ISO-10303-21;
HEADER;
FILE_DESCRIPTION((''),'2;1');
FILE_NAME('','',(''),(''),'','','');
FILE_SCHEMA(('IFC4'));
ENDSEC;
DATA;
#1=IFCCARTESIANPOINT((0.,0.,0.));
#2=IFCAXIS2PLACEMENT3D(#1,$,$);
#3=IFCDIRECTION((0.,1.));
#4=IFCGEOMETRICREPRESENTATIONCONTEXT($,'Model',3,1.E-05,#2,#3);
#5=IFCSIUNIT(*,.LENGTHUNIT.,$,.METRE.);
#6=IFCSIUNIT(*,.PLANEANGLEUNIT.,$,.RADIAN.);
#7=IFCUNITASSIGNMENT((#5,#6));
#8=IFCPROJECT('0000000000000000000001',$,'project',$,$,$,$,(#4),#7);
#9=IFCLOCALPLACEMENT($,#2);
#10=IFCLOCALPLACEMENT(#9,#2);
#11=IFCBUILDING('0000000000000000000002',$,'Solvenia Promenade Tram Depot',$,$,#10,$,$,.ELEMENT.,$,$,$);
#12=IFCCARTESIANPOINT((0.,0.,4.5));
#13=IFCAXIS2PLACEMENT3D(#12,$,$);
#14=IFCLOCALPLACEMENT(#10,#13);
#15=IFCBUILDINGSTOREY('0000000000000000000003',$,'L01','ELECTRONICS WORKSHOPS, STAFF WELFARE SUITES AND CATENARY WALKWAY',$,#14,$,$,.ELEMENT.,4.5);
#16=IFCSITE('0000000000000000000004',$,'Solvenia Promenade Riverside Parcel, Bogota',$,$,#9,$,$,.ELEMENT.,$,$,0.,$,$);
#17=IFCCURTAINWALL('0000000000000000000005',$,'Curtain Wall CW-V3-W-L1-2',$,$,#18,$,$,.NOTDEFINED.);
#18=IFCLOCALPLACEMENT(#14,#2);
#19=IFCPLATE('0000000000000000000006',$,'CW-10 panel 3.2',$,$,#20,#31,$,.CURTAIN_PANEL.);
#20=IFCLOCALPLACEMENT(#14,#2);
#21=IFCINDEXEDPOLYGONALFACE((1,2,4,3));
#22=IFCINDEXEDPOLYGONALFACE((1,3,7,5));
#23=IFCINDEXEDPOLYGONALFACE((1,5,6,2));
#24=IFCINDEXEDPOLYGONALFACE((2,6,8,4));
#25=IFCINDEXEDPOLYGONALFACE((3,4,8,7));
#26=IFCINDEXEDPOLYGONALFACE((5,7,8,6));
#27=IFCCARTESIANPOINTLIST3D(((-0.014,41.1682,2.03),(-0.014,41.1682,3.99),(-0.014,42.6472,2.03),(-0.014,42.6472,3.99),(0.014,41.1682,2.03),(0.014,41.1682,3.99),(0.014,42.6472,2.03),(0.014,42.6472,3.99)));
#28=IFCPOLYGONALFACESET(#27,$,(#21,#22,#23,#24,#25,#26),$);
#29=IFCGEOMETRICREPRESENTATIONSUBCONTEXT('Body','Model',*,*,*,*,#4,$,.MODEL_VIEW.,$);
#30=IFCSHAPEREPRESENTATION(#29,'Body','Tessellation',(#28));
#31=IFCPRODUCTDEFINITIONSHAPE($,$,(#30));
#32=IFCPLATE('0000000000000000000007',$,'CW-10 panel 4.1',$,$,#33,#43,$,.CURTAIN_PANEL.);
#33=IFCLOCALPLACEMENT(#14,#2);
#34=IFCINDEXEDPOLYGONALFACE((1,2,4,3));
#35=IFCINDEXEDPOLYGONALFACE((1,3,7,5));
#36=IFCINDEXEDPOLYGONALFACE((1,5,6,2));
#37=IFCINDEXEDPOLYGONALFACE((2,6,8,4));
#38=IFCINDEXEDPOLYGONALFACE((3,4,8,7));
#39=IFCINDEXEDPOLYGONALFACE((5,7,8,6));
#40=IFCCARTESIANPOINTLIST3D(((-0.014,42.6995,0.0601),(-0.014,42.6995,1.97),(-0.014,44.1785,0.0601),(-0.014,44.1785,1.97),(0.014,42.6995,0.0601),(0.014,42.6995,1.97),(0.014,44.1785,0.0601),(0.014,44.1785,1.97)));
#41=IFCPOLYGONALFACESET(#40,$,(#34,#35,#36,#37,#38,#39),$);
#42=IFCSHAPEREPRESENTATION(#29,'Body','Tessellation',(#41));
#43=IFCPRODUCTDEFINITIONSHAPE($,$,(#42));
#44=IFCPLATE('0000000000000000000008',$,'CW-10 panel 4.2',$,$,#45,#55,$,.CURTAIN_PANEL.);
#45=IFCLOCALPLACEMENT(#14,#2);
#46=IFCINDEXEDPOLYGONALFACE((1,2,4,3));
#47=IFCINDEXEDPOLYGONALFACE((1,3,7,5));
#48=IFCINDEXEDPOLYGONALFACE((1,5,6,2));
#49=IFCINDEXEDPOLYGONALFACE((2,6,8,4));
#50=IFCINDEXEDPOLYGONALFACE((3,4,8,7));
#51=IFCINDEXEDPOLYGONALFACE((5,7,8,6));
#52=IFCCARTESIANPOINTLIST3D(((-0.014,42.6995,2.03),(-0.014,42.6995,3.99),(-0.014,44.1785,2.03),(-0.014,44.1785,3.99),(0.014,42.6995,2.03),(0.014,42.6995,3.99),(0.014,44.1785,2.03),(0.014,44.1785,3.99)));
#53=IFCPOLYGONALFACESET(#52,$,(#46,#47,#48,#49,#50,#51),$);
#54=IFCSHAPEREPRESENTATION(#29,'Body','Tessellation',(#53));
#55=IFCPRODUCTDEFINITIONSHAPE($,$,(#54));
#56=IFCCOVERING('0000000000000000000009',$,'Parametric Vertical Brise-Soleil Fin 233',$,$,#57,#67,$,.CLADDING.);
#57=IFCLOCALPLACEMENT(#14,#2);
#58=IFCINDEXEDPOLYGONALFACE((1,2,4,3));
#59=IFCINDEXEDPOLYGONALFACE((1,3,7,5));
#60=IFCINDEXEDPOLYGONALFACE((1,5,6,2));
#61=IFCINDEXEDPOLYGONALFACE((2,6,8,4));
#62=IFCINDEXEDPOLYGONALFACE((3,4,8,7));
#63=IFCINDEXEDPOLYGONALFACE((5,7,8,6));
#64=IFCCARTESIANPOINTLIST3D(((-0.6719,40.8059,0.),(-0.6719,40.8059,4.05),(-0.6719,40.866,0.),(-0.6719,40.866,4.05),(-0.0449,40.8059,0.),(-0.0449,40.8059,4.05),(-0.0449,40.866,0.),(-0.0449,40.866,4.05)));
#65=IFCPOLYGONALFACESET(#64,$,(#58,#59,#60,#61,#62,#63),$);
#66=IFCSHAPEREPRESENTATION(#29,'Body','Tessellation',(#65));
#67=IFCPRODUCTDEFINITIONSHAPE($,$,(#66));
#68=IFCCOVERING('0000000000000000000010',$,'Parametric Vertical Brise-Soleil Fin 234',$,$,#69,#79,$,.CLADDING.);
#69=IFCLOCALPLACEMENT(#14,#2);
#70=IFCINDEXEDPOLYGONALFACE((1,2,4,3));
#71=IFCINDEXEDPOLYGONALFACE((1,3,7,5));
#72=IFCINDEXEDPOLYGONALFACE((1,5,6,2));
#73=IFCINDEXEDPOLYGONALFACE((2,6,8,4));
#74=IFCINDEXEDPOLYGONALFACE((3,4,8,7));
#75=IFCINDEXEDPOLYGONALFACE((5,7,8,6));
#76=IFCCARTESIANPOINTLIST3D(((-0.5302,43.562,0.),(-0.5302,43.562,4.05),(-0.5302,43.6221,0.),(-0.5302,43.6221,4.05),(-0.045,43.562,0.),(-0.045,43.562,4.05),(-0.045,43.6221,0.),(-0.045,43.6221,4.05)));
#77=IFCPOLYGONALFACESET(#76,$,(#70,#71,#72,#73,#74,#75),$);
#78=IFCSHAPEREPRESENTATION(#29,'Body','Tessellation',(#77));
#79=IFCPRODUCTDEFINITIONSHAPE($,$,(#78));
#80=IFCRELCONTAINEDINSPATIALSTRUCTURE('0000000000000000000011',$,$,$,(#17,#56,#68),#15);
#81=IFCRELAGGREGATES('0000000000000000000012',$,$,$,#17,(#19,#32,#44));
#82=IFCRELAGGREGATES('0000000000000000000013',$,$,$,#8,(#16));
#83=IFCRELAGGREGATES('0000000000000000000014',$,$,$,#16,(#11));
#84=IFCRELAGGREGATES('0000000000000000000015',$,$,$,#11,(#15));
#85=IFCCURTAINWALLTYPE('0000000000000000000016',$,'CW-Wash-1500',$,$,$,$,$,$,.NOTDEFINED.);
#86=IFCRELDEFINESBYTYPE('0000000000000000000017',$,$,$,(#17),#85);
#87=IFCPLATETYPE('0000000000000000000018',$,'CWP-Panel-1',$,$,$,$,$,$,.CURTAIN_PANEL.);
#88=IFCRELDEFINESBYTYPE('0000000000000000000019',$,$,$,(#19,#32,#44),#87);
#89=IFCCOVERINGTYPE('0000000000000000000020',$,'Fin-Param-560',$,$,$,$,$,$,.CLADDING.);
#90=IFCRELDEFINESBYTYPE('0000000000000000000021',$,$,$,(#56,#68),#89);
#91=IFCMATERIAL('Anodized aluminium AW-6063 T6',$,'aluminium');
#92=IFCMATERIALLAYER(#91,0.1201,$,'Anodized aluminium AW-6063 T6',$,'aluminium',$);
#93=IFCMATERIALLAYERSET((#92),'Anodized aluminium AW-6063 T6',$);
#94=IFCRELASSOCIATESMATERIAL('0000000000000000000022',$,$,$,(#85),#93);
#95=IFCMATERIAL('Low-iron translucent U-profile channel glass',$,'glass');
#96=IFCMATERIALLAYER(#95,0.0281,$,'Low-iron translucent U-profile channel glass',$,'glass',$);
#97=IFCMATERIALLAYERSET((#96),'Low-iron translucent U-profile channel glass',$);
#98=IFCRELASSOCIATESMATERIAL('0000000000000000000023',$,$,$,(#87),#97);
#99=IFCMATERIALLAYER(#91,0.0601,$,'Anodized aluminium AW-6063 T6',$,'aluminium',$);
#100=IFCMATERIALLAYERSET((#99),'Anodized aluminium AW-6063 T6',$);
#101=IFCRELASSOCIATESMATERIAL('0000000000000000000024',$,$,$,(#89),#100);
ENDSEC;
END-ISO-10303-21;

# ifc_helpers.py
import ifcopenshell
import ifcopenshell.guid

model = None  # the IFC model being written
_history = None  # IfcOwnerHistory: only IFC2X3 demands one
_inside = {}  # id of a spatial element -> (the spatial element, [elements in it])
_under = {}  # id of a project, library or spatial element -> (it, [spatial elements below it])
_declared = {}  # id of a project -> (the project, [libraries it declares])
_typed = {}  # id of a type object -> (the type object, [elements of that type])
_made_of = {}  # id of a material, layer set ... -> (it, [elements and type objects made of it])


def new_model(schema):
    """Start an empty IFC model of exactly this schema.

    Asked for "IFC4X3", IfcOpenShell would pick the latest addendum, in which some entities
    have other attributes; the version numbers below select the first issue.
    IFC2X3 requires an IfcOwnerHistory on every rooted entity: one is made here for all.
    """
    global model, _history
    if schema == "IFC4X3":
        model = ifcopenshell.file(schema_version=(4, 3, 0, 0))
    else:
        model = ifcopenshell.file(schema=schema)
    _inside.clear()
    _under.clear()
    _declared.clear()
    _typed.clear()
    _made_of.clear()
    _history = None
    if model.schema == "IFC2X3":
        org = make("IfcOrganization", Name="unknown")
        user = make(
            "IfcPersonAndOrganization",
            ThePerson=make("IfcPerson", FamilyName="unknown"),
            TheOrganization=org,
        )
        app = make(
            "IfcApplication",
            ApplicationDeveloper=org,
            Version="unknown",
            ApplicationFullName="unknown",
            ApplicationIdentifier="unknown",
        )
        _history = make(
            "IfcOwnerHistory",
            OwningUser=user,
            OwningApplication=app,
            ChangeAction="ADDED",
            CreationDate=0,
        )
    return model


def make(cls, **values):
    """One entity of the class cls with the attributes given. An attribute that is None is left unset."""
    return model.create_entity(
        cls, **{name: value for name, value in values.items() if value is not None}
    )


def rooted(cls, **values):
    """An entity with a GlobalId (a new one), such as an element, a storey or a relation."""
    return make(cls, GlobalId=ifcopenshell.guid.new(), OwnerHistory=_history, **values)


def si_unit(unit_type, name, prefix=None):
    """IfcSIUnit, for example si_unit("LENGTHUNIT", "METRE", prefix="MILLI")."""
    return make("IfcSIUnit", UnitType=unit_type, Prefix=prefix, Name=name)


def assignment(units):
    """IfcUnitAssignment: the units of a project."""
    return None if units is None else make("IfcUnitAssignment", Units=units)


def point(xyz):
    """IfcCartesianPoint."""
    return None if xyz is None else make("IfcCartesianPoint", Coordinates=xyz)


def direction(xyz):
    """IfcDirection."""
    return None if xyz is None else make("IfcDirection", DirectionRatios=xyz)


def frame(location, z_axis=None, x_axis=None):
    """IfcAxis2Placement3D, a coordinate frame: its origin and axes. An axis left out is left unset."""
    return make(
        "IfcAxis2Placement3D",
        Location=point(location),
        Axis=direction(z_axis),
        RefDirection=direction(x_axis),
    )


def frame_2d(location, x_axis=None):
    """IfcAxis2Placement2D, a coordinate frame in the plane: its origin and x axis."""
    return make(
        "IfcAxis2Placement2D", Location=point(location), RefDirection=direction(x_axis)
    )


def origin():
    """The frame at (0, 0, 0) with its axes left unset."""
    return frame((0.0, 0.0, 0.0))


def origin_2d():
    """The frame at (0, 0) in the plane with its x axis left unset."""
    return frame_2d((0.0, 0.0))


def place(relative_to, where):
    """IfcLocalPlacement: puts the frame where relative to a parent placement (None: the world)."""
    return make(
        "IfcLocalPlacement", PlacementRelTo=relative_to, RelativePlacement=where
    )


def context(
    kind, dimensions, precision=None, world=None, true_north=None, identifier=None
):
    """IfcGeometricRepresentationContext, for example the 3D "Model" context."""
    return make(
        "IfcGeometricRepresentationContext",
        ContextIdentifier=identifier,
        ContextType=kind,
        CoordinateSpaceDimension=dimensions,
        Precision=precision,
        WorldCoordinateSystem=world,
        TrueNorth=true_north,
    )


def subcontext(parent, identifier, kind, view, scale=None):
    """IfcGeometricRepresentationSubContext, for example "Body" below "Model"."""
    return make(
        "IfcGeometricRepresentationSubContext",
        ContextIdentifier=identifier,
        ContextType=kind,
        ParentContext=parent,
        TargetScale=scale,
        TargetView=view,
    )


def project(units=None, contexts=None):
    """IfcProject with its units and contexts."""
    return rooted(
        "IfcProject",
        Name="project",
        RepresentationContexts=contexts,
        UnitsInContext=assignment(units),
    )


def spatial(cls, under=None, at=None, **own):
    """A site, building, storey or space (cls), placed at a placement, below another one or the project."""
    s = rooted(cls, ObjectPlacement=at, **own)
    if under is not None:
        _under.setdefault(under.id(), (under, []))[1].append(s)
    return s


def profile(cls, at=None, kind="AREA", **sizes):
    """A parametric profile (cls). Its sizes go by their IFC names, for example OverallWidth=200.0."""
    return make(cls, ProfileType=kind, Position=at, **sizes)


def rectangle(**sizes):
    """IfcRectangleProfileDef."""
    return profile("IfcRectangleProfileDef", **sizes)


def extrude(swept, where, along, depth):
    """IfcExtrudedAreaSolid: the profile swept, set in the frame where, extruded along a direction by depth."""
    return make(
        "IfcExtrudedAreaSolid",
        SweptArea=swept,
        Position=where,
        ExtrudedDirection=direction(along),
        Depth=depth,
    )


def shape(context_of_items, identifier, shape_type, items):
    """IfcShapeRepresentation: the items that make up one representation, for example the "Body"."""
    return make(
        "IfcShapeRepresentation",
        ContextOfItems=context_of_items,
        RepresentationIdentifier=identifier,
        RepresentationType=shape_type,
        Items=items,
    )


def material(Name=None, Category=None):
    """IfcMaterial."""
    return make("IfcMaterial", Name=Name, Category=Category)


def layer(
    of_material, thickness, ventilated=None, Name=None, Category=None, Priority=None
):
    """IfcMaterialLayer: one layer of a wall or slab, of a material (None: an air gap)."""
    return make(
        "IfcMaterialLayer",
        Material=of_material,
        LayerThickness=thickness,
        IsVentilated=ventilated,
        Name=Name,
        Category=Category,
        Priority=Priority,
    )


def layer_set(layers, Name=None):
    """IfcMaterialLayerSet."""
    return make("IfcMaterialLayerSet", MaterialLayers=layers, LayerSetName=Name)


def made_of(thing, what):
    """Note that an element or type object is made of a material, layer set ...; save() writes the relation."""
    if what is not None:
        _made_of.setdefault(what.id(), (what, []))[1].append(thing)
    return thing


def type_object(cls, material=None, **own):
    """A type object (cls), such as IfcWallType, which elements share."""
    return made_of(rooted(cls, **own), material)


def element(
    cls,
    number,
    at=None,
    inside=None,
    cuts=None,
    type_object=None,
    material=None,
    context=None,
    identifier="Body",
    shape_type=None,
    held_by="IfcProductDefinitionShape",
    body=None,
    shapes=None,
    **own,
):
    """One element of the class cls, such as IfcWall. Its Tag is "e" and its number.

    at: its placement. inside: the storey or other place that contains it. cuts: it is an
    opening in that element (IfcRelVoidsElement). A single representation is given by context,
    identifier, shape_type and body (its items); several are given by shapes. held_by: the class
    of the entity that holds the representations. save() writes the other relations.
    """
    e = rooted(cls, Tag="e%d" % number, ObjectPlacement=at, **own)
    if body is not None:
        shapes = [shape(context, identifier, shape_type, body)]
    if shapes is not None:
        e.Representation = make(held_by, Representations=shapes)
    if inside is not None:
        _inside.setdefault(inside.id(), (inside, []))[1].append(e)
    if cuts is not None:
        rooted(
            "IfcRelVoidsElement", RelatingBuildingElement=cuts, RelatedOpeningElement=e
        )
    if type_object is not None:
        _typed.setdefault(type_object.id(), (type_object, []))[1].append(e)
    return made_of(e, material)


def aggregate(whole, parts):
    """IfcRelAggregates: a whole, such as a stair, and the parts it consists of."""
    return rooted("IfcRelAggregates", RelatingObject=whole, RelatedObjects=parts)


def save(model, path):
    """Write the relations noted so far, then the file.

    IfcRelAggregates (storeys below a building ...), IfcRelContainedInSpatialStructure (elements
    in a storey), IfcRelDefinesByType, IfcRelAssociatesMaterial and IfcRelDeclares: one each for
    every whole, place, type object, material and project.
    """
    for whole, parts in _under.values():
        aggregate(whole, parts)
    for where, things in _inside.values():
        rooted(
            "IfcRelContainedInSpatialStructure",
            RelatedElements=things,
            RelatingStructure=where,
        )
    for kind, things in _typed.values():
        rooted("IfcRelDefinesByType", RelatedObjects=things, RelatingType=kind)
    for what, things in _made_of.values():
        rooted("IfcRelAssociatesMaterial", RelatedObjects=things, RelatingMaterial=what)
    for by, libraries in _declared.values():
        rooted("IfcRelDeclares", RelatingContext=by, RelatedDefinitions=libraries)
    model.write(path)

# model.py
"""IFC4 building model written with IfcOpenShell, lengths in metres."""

from ifc_helpers import new_model, si_unit, direction, frame, origin, origin_2d, place, context, subcontext, project, spatial, rectangle, extrude, material, layer, layer_set, type_object, element, aggregate, save


model = new_model("IFC4")

# Units and contexts
model_context = context("Model", 3, precision=1e-05, world=origin(), true_north=direction((0.0, 1.0)))
body_context = subcontext(model_context, "Body", "Model", "MODEL_VIEW")
ifc_project = project(units=[si_unit("LENGTHUNIT", "METRE"), si_unit("PLANEANGLEUNIT", "RADIAN")], contexts=[model_context])

# Site, building, storey
site_placement = place(None, origin())
site = spatial("IfcSite", under=ifc_project, at=site_placement, Name="Solvenia Promenade Riverside Parcel, Bogota", CompositionType="ELEMENT", RefElevation=0.0)
building_placement = place(site_placement, origin())
building = spatial("IfcBuilding", under=site, at=building_placement, Name="Solvenia Promenade Tram Depot", CompositionType="ELEMENT")
storey_placement = place(building_placement, frame((0.0, 0.0, 4.5)))
storey = spatial("IfcBuildingStorey", under=building, at=storey_placement, Name="L01", Description="ELECTRONICS WORKSHOPS, STAFF WELFARE SUITES AND CATENARY WALKWAY", CompositionType="ELEMENT", Elevation=4.5)

# Curtain wall
ifc_material_1 = material(Name="Anodized aluminium AW-6063 T6", Category="aluminium")
ifc_layer_1 = layer(ifc_material_1, 0.1201, Name="Anodized aluminium AW-6063 T6", Category="aluminium")
ifc_layer_set_1 = layer_set([ifc_layer_1], Name="Anodized aluminium AW-6063 T6")
curtain_wall_type = type_object("IfcCurtainWallType", Name="CW-Wash-1500", PredefinedType="NOTDEFINED", material=ifc_layer_set_1)
curtain_wall_placement = place(storey_placement, origin())
curtain_wall = element("IfcCurtainWall", 1, at=curtain_wall_placement, inside=storey, type_object=curtain_wall_type, Name="Curtain Wall CW-V3-W-L1-2", PredefinedType="NOTDEFINED")

# Plates
ifc_material_2 = material(Name="Low-iron translucent U-profile channel glass", Category="glass")
ifc_layer_2 = layer(ifc_material_2, 0.0281, Name="Low-iron translucent U-profile channel glass", Category="glass")
ifc_layer_set_2 = layer_set([ifc_layer_2], Name="Low-iron translucent U-profile channel glass")
plate_type = type_object("IfcPlateType", Name="CWP-Panel-1", PredefinedType="CURTAIN_PANEL", material=ifc_layer_set_2)
plate_1_placement = place(storey_placement, frame((0.0, 41.9077, 2.03), z_axis=(0.0, 0.0, 1.0), x_axis=(0.0, 1.0, 0.0)))
plate_1 = element("IfcPlate", 2, at=plate_1_placement, type_object=plate_type, Name="CW-10 panel 3.2", PredefinedType="CURTAIN_PANEL", context=body_context, shape_type="SweptSolid", body=[
    extrude(rectangle(XDim=1.479, YDim=0.0281, at=origin_2d()), origin(), (0.0, 0.0, 1.0), 1.96),
])
plate_2_placement = place(storey_placement, frame((0.0, 43.439, 0.0601), z_axis=(0.0, 0.0, 1.0), x_axis=(0.0, 1.0, 0.0)))
plate_2 = element("IfcPlate", 3, at=plate_2_placement, type_object=plate_type, Name="CW-10 panel 4.1", PredefinedType="CURTAIN_PANEL", context=body_context, shape_type="SweptSolid", body=[
    extrude(rectangle(XDim=1.479, YDim=0.0281, at=origin_2d()), origin(), (0.0, 0.0, 1.0), 1.9099),
])
plate_3_placement = place(storey_placement, frame((0.0, 43.439, 2.03), z_axis=(0.0, 0.0, 1.0), x_axis=(0.0, 1.0, 0.0)))
plate_3 = element("IfcPlate", 4, at=plate_3_placement, type_object=plate_type, Name="CW-10 panel 4.2", PredefinedType="CURTAIN_PANEL", context=body_context, shape_type="SweptSolid", body=[
    extrude(rectangle(XDim=1.479, YDim=0.0281, at=origin_2d()), origin(), (0.0, 0.0, 1.0), 1.96),
])
aggregate(curtain_wall, [plate_1, plate_2, plate_3])

# Coverings
ifc_layer_3 = layer(ifc_material_1, 0.0601, Name="Anodized aluminium AW-6063 T6", Category="aluminium")
ifc_layer_set_3 = layer_set([ifc_layer_3], Name="Anodized aluminium AW-6063 T6")
covering_type = type_object("IfcCoveringType", Name="Fin-Param-560", PredefinedType="CLADDING", material=ifc_layer_set_3)
covering_1_placement = place(storey_placement, frame((-0.3584, 40.8359, 0.0), z_axis=(0.0, 0.0, 1.0), x_axis=(0.0, 1.0, 0.0)))
element("IfcCovering", 5, at=covering_1_placement, inside=storey, type_object=covering_type, Name="Parametric Vertical Brise-Soleil Fin 233", PredefinedType="CLADDING", context=body_context, shape_type="SweptSolid", body=[
    extrude(rectangle(XDim=0.0601, YDim=0.627, at=origin_2d()), origin(), (0.0, 0.0, 1.0), 4.05),
])
covering_2_placement = place(storey_placement, frame((-0.2876, 43.592, 0.0), z_axis=(0.0, 0.0, 1.0), x_axis=(0.0, 1.0, 0.0)))
element("IfcCovering", 6, at=covering_2_placement, inside=storey, type_object=covering_type, Name="Parametric Vertical Brise-Soleil Fin 234", PredefinedType="CLADDING", context=body_context, shape_type="SweptSolid", body=[
    extrude(rectangle(XDim=0.0601, YDim=0.4851, at=origin_2d()), origin(), (0.0, 0.0, 1.0), 4.05),
])

save(model, "model.ifc")
